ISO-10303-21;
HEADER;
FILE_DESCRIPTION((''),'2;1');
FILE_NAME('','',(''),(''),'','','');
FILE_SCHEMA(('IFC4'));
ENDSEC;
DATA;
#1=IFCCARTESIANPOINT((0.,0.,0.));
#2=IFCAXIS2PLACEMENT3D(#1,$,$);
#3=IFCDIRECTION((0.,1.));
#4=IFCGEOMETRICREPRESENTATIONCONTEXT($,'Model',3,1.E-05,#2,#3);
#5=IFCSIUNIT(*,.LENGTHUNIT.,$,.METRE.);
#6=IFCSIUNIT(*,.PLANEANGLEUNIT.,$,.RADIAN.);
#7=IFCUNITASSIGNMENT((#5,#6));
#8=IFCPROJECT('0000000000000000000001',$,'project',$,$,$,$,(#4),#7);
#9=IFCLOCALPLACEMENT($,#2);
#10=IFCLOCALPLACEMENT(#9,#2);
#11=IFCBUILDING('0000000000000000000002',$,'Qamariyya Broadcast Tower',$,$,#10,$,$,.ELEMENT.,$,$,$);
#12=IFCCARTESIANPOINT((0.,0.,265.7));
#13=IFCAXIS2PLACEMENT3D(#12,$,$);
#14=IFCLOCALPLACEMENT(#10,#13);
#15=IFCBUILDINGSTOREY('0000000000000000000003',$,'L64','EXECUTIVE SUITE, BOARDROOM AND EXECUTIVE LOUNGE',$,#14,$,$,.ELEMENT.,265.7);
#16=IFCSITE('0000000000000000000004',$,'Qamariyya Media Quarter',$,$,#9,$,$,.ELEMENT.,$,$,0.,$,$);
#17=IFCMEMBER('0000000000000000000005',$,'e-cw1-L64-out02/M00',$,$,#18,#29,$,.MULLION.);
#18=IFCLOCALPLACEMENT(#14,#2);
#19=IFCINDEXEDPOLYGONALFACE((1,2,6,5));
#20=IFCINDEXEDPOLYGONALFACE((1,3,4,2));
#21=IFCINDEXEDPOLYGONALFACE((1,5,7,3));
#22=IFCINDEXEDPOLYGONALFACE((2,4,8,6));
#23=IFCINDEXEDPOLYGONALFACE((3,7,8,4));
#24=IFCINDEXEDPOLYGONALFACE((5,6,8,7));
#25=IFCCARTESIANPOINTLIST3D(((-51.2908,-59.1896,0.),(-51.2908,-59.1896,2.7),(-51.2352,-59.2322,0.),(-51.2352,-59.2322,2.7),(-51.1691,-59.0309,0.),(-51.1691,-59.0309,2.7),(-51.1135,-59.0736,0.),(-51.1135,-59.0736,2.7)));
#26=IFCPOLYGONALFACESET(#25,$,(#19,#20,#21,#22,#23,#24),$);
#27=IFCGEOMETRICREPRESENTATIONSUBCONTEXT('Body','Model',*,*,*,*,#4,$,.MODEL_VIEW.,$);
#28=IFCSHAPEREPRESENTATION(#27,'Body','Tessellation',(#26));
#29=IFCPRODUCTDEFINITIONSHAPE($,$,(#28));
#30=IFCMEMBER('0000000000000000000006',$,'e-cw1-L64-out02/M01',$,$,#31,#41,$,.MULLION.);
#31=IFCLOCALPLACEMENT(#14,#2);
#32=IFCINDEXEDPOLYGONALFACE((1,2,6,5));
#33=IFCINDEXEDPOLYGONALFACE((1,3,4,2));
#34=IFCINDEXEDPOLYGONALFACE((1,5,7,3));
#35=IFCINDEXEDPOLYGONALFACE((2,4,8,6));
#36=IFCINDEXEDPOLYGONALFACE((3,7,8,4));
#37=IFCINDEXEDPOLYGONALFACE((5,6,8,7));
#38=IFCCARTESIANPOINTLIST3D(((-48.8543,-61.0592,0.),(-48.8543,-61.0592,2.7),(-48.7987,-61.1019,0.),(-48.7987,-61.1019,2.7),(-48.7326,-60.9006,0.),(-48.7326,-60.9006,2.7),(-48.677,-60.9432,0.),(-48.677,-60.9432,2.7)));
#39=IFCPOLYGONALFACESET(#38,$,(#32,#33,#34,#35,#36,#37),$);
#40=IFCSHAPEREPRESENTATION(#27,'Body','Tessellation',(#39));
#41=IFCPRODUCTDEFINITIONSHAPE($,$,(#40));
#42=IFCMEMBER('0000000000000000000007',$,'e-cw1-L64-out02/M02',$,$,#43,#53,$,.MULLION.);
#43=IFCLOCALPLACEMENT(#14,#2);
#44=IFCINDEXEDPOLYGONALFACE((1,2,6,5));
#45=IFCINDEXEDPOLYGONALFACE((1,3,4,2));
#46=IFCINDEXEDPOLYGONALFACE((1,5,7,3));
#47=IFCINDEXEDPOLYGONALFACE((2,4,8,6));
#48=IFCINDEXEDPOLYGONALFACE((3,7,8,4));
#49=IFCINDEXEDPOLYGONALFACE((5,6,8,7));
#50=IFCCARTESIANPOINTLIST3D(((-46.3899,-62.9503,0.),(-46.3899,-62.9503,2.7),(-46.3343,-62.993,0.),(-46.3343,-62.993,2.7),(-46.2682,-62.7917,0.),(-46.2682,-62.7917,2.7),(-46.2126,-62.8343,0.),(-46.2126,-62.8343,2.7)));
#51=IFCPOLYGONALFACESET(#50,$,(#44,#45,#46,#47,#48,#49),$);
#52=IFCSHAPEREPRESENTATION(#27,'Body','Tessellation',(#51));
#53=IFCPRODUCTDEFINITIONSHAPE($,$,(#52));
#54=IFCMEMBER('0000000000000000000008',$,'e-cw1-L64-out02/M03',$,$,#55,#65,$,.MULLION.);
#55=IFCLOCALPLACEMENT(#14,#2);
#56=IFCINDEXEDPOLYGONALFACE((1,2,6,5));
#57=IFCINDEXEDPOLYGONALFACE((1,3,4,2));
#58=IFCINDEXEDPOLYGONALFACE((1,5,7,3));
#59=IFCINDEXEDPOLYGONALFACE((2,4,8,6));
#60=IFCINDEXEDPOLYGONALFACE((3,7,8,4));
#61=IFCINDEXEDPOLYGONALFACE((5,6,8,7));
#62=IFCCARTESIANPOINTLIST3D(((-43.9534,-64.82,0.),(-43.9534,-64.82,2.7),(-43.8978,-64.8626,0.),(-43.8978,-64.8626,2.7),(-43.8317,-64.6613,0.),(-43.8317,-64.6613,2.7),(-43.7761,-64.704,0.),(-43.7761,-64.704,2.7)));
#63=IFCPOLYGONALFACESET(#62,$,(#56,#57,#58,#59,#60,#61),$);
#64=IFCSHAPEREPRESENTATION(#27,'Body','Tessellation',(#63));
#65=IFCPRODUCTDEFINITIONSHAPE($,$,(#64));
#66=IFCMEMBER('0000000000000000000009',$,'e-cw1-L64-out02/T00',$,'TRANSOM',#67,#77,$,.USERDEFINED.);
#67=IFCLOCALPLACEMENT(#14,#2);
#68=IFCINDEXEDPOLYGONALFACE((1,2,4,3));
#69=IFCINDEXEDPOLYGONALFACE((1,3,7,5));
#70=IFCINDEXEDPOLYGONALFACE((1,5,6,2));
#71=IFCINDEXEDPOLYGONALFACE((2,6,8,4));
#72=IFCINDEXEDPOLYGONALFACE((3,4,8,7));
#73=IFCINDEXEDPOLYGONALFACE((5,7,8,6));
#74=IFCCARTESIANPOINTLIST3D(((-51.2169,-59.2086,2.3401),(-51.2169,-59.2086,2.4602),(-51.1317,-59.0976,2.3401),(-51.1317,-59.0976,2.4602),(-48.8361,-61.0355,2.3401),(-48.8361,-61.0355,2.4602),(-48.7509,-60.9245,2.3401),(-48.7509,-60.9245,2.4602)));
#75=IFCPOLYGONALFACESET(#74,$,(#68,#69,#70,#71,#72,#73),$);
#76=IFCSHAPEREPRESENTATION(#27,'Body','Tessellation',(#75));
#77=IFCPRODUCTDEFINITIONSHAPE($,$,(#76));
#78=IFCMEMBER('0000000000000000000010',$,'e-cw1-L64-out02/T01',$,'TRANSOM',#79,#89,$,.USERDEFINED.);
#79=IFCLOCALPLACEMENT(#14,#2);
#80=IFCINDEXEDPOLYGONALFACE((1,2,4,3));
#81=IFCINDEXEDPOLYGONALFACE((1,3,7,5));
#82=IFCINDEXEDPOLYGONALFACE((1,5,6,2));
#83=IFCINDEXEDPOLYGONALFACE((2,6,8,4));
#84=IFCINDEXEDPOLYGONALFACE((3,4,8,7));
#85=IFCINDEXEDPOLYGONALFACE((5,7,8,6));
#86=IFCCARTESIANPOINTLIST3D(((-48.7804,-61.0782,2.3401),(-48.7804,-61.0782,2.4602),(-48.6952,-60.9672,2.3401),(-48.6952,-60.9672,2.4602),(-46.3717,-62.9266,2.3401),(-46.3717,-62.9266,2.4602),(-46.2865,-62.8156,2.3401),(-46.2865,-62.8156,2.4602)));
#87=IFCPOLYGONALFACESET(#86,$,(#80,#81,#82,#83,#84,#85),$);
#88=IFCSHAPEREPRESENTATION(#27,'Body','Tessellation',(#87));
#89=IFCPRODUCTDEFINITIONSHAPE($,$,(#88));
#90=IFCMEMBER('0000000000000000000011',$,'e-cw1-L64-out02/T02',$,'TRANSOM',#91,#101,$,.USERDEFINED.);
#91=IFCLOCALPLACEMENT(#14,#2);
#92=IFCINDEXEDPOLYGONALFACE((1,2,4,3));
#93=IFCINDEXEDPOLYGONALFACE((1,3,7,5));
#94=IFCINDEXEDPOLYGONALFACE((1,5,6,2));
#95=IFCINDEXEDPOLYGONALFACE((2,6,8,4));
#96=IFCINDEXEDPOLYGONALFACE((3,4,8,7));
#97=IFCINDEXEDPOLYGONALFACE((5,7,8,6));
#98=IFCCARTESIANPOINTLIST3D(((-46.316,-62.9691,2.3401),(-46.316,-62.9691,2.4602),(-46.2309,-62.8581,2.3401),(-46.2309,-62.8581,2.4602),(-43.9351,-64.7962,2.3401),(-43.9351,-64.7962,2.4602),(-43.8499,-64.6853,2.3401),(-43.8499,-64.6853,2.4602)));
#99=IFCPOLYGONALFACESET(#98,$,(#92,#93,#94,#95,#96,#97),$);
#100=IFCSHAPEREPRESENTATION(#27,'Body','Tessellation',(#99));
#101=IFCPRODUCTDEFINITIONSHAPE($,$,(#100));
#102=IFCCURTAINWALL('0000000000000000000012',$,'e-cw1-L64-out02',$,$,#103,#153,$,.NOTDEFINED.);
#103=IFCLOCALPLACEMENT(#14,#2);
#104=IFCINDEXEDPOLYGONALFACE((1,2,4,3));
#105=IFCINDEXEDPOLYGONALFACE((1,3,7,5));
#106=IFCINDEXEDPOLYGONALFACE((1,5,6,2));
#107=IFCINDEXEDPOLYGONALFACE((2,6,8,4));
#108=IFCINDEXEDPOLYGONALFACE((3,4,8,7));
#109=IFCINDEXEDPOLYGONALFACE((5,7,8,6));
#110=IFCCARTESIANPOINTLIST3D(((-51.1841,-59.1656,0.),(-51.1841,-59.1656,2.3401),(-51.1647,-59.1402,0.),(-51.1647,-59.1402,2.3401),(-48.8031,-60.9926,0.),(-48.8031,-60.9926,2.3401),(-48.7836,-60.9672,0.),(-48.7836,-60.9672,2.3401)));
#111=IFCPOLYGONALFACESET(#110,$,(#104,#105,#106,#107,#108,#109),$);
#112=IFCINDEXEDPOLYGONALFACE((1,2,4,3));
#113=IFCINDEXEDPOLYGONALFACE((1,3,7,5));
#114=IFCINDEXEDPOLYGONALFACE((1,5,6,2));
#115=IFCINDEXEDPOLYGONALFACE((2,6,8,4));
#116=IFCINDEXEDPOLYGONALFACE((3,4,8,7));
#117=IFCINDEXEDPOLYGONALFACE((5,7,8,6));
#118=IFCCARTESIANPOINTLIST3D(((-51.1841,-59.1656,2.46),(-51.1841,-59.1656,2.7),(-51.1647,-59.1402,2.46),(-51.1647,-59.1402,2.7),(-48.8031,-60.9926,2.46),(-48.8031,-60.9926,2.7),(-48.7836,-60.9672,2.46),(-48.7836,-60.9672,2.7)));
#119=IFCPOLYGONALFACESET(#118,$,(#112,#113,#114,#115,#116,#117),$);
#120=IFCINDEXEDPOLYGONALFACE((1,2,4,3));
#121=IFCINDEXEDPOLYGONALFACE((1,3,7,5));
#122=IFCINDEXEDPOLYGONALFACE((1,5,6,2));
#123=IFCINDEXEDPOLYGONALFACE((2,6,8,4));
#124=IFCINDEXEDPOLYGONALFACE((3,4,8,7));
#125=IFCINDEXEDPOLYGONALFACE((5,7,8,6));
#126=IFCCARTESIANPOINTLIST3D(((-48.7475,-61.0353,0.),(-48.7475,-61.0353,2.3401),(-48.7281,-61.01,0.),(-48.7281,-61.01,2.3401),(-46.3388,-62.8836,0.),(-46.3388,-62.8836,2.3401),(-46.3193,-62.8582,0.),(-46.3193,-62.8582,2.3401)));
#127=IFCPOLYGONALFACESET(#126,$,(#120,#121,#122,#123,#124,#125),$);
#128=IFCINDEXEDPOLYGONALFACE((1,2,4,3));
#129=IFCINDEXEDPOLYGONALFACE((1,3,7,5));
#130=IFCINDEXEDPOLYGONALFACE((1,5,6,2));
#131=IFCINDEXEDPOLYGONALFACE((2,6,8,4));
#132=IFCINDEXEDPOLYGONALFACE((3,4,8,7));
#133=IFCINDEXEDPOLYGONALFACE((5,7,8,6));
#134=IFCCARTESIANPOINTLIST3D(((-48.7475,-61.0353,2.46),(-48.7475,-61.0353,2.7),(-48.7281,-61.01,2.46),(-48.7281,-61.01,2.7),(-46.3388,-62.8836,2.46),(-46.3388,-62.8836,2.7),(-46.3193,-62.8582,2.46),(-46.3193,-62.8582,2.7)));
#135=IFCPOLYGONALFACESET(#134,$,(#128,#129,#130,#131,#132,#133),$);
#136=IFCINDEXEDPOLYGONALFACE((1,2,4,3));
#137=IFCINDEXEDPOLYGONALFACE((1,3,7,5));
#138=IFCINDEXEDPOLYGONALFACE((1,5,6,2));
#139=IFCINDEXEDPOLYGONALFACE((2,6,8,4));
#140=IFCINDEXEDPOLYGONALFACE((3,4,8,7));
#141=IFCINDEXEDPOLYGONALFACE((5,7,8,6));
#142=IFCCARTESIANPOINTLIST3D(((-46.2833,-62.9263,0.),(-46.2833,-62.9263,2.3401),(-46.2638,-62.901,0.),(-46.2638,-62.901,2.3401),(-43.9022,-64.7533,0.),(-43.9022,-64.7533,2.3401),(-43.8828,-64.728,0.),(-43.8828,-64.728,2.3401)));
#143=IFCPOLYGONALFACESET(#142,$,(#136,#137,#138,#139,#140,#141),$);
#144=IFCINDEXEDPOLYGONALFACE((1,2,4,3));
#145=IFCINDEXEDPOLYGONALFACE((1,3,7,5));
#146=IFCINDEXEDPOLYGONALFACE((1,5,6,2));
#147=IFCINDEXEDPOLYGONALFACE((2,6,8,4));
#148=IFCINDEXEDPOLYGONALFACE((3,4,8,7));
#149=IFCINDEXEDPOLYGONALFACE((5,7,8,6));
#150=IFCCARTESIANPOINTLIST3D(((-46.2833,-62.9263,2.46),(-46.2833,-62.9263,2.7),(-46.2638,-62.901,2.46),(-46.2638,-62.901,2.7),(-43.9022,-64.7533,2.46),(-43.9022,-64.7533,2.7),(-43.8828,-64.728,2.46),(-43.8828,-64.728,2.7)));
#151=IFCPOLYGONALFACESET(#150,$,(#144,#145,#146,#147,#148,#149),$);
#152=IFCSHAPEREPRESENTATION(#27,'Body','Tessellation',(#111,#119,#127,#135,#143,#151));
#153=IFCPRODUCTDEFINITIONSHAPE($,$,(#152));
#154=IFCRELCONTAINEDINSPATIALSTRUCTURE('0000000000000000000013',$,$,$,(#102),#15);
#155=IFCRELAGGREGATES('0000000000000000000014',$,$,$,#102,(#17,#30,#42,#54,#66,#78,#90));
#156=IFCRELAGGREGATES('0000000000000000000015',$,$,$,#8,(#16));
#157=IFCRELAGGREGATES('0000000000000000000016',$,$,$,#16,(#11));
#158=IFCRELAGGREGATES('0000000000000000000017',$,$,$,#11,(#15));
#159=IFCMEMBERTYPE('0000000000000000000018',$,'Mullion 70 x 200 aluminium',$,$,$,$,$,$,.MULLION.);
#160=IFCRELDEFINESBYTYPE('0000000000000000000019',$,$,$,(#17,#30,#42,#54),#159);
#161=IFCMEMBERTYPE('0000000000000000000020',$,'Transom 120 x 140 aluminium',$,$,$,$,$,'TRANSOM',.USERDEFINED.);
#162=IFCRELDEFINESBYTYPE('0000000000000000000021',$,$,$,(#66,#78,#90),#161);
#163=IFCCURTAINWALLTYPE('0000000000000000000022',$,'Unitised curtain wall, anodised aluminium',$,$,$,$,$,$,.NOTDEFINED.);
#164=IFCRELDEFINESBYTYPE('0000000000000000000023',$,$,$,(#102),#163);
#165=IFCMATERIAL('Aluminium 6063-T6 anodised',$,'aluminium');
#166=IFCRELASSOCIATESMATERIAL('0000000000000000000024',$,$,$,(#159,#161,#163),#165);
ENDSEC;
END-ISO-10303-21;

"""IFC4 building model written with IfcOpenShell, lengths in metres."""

from ifc_helpers import new_model, si_unit, direction, frame, origin, origin_2d, place, context, subcontext, project, spatial, rectangle, extrude, material, material_profile, profile_set, type_object, element, aggregate, save


model = new_model("IFC4")

# Units and contexts
model_context = context("Model", 3, precision=1e-05, world=origin(), true_north=direction((0.0, 1.0)))
body_context = subcontext(model_context, "Body", "Model", "MODEL_VIEW")
ifc_project = project(units=[si_unit("LENGTHUNIT", "METRE"), si_unit("PLANEANGLEUNIT", "RADIAN")], contexts=[model_context])

# Members
ifc_material_1 = material(Name="Aluminium 6063-T6 anodised", Category="aluminium")
ifc_material_profile_1 = material_profile(ifc_material_1, rectangle(XDim=0.2, YDim=0.0701, at=origin_2d()))
ifc_profile_set_1 = profile_set([ifc_material_profile_1], Name="Aluminium 6063-T6 anodised")
member_type_1 = type_object("IfcMemberType", Name="Mullion 70 x 200 aluminium", PredefinedType="MULLION", material=ifc_profile_set_1)
site_placement = place(None, origin())
building_placement = place(site_placement, origin())
storey_placement = place(building_placement, frame((0.0, 0.0, 265.7)))
member_1_placement = place(storey_placement, frame((-51.2021, -59.1316, 0.0), z_axis=(0.0, 0.0, 1.0), x_axis=(0.608761, 0.793353, 0.0)))
member_1 = element("IfcMember", 1, at=member_1_placement, type_object=member_type_1, Name="e-cw1-L64-out02/M00", PredefinedType="MULLION", context=body_context, shape_type="SweptSolid", body=[
    extrude(rectangle(XDim=0.2, YDim=0.0701, at=origin_2d()), origin(), (0.0, 0.0, 1.0), 2.7),
])
member_2_placement = place(storey_placement, frame((-48.7656, -61.0012, 0.0), z_axis=(0.0, 0.0, 1.0), x_axis=(0.608761, 0.793353, 0.0)))
member_2 = element("IfcMember", 2, at=member_2_placement, type_object=member_type_1, Name="e-cw1-L64-out02/M01", PredefinedType="MULLION", context=body_context, shape_type="SweptSolid", body=[
    extrude(rectangle(XDim=0.2, YDim=0.0701, at=origin_2d()), origin(), (0.0, 0.0, 1.0), 2.7),
])
member_3_placement = place(storey_placement, frame((-46.3013, -62.8923, 0.0), z_axis=(0.0, 0.0, 1.0), x_axis=(0.608761, 0.793353, 0.0)))
member_3 = element("IfcMember", 3, at=member_3_placement, type_object=member_type_1, Name="e-cw1-L64-out02/M02", PredefinedType="MULLION", context=body_context, shape_type="SweptSolid", body=[
    extrude(rectangle(XDim=0.2, YDim=0.0701, at=origin_2d()), origin(), (0.0, 0.0, 1.0), 2.7),
])
member_4_placement = place(storey_placement, frame((-43.8647, -64.762, 0.0), z_axis=(0.0, 0.0, 1.0), x_axis=(0.608761, 0.793353, 0.0)))
member_4 = element("IfcMember", 4, at=member_4_placement, type_object=member_type_1, Name="e-cw1-L64-out02/M03", PredefinedType="MULLION", context=body_context, shape_type="SweptSolid", body=[
    extrude(rectangle(XDim=0.2, YDim=0.0701, at=origin_2d()), origin(), (0.0, 0.0, 1.0), 2.7),
])
ifc_material_profile_2 = material_profile(ifc_material_1, rectangle(XDim=0.1399, YDim=0.1201, at=origin_2d()))
ifc_profile_set_2 = profile_set([ifc_material_profile_2], Name="Aluminium 6063-T6 anodised")
member_type_2 = type_object("IfcMemberType", Name="Transom 120 x 140 aluminium", ElementType="TRANSOM", PredefinedType="USERDEFINED", material=ifc_profile_set_2)
member_5_placement = place(storey_placement, frame((-51.1743, -59.1531, 2.4001), z_axis=(0.793352, -0.608763, 0.0), x_axis=(0.608763, 0.793352, 0.0)))
member_5 = element("IfcMember", 5, at=member_5_placement, type_object=member_type_2, Name="e-cw1-L64-out02/T00", ObjectType="TRANSOM", PredefinedType="USERDEFINED", context=body_context, shape_type="SweptSolid", body=[
    extrude(rectangle(XDim=0.1399, YDim=0.1201, at=origin_2d()), origin(), (0.0, 0.0, 1.0), 3.001),
])
member_6_placement = place(storey_placement, frame((-48.7378, -61.0227, 2.4001), z_axis=(0.793332, -0.608789, 0.0), x_axis=(0.608789, 0.793332, 0.0)))
member_6 = element("IfcMember", 6, at=member_6_placement, type_object=member_type_2, Name="e-cw1-L64-out02/T01", ObjectType="TRANSOM", PredefinedType="USERDEFINED", context=body_context, shape_type="SweptSolid", body=[
    extrude(rectangle(XDim=0.1399, YDim=0.1201, at=origin_2d()), origin(), (0.0, 0.0, 1.0), 3.0361),
])
member_7_placement = place(storey_placement, frame((-46.2734, -62.9136, 2.4001), z_axis=(0.793313, -0.608814, 0.0), x_axis=(0.608814, 0.793313, 0.0)))
member_7 = element("IfcMember", 7, at=member_7_placement, type_object=member_type_2, Name="e-cw1-L64-out02/T02", ObjectType="TRANSOM", PredefinedType="USERDEFINED", context=body_context, shape_type="SweptSolid", body=[
    extrude(rectangle(XDim=0.1399, YDim=0.1201, at=origin_2d()), origin(), (0.0, 0.0, 1.0), 3.0012),
])

# Site, building, storey
site = spatial("IfcSite", under=ifc_project, at=site_placement, Name="Qamariyya Media Quarter", CompositionType="ELEMENT", RefElevation=0.0)
building = spatial("IfcBuilding", under=site, at=building_placement, Name="Qamariyya Broadcast Tower", CompositionType="ELEMENT")
storey = spatial("IfcBuildingStorey", under=building, at=storey_placement, Name="L64", Description="EXECUTIVE SUITE, BOARDROOM AND EXECUTIVE LOUNGE", CompositionType="ELEMENT", Elevation=265.7)

# Curtain wall
curtain_wall_type = type_object("IfcCurtainWallType", Name="Unitised curtain wall, anodised aluminium", PredefinedType="NOTDEFINED", material=ifc_material_1)
curtain_wall_1_placement = place(storey_placement, origin())
curtain_wall_1 = element("IfcCurtainWall", 8, at=curtain_wall_1_placement, inside=storey, type_object=curtain_wall_type, Name="e-cw1-L64-out02", PredefinedType="NOTDEFINED", context=body_context, shape_type="SweptSolid", body=[
    extrude(rectangle(XDim=3.0012, YDim=0.032, at=origin_2d()), frame((-49.9839, -60.0664, 0.0), x_axis=(0.793356, -0.608758, 0.0)), (0.0, 0.0, 1.0), 2.3401),
    extrude(rectangle(XDim=3.0012, YDim=0.032, at=origin_2d()), frame((-49.9839, -60.0664, 2.46), x_axis=(0.793356, -0.608758, 0.0)), (0.0, 0.0, 1.0), 0.24),
    extrude(rectangle(XDim=3.0361, YDim=0.032, at=origin_2d()), frame((-47.5334, -61.9468, 0.0), x_axis=(0.793356, -0.608758, 0.0)), (0.0, 0.0, 1.0), 2.3401),
    extrude(rectangle(XDim=3.0361, YDim=0.032, at=origin_2d()), frame((-47.5334, -61.9468, 2.46), x_axis=(0.793356, -0.608758, 0.0)), (0.0, 0.0, 1.0), 0.24),
    extrude(rectangle(XDim=3.0012, YDim=0.032, at=origin_2d()), frame((-45.083, -63.8271, 0.0), x_axis=(0.793356, -0.608758, 0.0)), (0.0, 0.0, 1.0), 2.3401),
    extrude(rectangle(XDim=3.0012, YDim=0.032, at=origin_2d()), frame((-45.083, -63.8271, 2.46), x_axis=(0.793356, -0.608758, 0.0)), (0.0, 0.0, 1.0), 0.24),
])
aggregate(curtain_wall_1, [member_1, member_2, member_3, member_4, member_5, member_6, member_7])

save(model, "model.ifc")
